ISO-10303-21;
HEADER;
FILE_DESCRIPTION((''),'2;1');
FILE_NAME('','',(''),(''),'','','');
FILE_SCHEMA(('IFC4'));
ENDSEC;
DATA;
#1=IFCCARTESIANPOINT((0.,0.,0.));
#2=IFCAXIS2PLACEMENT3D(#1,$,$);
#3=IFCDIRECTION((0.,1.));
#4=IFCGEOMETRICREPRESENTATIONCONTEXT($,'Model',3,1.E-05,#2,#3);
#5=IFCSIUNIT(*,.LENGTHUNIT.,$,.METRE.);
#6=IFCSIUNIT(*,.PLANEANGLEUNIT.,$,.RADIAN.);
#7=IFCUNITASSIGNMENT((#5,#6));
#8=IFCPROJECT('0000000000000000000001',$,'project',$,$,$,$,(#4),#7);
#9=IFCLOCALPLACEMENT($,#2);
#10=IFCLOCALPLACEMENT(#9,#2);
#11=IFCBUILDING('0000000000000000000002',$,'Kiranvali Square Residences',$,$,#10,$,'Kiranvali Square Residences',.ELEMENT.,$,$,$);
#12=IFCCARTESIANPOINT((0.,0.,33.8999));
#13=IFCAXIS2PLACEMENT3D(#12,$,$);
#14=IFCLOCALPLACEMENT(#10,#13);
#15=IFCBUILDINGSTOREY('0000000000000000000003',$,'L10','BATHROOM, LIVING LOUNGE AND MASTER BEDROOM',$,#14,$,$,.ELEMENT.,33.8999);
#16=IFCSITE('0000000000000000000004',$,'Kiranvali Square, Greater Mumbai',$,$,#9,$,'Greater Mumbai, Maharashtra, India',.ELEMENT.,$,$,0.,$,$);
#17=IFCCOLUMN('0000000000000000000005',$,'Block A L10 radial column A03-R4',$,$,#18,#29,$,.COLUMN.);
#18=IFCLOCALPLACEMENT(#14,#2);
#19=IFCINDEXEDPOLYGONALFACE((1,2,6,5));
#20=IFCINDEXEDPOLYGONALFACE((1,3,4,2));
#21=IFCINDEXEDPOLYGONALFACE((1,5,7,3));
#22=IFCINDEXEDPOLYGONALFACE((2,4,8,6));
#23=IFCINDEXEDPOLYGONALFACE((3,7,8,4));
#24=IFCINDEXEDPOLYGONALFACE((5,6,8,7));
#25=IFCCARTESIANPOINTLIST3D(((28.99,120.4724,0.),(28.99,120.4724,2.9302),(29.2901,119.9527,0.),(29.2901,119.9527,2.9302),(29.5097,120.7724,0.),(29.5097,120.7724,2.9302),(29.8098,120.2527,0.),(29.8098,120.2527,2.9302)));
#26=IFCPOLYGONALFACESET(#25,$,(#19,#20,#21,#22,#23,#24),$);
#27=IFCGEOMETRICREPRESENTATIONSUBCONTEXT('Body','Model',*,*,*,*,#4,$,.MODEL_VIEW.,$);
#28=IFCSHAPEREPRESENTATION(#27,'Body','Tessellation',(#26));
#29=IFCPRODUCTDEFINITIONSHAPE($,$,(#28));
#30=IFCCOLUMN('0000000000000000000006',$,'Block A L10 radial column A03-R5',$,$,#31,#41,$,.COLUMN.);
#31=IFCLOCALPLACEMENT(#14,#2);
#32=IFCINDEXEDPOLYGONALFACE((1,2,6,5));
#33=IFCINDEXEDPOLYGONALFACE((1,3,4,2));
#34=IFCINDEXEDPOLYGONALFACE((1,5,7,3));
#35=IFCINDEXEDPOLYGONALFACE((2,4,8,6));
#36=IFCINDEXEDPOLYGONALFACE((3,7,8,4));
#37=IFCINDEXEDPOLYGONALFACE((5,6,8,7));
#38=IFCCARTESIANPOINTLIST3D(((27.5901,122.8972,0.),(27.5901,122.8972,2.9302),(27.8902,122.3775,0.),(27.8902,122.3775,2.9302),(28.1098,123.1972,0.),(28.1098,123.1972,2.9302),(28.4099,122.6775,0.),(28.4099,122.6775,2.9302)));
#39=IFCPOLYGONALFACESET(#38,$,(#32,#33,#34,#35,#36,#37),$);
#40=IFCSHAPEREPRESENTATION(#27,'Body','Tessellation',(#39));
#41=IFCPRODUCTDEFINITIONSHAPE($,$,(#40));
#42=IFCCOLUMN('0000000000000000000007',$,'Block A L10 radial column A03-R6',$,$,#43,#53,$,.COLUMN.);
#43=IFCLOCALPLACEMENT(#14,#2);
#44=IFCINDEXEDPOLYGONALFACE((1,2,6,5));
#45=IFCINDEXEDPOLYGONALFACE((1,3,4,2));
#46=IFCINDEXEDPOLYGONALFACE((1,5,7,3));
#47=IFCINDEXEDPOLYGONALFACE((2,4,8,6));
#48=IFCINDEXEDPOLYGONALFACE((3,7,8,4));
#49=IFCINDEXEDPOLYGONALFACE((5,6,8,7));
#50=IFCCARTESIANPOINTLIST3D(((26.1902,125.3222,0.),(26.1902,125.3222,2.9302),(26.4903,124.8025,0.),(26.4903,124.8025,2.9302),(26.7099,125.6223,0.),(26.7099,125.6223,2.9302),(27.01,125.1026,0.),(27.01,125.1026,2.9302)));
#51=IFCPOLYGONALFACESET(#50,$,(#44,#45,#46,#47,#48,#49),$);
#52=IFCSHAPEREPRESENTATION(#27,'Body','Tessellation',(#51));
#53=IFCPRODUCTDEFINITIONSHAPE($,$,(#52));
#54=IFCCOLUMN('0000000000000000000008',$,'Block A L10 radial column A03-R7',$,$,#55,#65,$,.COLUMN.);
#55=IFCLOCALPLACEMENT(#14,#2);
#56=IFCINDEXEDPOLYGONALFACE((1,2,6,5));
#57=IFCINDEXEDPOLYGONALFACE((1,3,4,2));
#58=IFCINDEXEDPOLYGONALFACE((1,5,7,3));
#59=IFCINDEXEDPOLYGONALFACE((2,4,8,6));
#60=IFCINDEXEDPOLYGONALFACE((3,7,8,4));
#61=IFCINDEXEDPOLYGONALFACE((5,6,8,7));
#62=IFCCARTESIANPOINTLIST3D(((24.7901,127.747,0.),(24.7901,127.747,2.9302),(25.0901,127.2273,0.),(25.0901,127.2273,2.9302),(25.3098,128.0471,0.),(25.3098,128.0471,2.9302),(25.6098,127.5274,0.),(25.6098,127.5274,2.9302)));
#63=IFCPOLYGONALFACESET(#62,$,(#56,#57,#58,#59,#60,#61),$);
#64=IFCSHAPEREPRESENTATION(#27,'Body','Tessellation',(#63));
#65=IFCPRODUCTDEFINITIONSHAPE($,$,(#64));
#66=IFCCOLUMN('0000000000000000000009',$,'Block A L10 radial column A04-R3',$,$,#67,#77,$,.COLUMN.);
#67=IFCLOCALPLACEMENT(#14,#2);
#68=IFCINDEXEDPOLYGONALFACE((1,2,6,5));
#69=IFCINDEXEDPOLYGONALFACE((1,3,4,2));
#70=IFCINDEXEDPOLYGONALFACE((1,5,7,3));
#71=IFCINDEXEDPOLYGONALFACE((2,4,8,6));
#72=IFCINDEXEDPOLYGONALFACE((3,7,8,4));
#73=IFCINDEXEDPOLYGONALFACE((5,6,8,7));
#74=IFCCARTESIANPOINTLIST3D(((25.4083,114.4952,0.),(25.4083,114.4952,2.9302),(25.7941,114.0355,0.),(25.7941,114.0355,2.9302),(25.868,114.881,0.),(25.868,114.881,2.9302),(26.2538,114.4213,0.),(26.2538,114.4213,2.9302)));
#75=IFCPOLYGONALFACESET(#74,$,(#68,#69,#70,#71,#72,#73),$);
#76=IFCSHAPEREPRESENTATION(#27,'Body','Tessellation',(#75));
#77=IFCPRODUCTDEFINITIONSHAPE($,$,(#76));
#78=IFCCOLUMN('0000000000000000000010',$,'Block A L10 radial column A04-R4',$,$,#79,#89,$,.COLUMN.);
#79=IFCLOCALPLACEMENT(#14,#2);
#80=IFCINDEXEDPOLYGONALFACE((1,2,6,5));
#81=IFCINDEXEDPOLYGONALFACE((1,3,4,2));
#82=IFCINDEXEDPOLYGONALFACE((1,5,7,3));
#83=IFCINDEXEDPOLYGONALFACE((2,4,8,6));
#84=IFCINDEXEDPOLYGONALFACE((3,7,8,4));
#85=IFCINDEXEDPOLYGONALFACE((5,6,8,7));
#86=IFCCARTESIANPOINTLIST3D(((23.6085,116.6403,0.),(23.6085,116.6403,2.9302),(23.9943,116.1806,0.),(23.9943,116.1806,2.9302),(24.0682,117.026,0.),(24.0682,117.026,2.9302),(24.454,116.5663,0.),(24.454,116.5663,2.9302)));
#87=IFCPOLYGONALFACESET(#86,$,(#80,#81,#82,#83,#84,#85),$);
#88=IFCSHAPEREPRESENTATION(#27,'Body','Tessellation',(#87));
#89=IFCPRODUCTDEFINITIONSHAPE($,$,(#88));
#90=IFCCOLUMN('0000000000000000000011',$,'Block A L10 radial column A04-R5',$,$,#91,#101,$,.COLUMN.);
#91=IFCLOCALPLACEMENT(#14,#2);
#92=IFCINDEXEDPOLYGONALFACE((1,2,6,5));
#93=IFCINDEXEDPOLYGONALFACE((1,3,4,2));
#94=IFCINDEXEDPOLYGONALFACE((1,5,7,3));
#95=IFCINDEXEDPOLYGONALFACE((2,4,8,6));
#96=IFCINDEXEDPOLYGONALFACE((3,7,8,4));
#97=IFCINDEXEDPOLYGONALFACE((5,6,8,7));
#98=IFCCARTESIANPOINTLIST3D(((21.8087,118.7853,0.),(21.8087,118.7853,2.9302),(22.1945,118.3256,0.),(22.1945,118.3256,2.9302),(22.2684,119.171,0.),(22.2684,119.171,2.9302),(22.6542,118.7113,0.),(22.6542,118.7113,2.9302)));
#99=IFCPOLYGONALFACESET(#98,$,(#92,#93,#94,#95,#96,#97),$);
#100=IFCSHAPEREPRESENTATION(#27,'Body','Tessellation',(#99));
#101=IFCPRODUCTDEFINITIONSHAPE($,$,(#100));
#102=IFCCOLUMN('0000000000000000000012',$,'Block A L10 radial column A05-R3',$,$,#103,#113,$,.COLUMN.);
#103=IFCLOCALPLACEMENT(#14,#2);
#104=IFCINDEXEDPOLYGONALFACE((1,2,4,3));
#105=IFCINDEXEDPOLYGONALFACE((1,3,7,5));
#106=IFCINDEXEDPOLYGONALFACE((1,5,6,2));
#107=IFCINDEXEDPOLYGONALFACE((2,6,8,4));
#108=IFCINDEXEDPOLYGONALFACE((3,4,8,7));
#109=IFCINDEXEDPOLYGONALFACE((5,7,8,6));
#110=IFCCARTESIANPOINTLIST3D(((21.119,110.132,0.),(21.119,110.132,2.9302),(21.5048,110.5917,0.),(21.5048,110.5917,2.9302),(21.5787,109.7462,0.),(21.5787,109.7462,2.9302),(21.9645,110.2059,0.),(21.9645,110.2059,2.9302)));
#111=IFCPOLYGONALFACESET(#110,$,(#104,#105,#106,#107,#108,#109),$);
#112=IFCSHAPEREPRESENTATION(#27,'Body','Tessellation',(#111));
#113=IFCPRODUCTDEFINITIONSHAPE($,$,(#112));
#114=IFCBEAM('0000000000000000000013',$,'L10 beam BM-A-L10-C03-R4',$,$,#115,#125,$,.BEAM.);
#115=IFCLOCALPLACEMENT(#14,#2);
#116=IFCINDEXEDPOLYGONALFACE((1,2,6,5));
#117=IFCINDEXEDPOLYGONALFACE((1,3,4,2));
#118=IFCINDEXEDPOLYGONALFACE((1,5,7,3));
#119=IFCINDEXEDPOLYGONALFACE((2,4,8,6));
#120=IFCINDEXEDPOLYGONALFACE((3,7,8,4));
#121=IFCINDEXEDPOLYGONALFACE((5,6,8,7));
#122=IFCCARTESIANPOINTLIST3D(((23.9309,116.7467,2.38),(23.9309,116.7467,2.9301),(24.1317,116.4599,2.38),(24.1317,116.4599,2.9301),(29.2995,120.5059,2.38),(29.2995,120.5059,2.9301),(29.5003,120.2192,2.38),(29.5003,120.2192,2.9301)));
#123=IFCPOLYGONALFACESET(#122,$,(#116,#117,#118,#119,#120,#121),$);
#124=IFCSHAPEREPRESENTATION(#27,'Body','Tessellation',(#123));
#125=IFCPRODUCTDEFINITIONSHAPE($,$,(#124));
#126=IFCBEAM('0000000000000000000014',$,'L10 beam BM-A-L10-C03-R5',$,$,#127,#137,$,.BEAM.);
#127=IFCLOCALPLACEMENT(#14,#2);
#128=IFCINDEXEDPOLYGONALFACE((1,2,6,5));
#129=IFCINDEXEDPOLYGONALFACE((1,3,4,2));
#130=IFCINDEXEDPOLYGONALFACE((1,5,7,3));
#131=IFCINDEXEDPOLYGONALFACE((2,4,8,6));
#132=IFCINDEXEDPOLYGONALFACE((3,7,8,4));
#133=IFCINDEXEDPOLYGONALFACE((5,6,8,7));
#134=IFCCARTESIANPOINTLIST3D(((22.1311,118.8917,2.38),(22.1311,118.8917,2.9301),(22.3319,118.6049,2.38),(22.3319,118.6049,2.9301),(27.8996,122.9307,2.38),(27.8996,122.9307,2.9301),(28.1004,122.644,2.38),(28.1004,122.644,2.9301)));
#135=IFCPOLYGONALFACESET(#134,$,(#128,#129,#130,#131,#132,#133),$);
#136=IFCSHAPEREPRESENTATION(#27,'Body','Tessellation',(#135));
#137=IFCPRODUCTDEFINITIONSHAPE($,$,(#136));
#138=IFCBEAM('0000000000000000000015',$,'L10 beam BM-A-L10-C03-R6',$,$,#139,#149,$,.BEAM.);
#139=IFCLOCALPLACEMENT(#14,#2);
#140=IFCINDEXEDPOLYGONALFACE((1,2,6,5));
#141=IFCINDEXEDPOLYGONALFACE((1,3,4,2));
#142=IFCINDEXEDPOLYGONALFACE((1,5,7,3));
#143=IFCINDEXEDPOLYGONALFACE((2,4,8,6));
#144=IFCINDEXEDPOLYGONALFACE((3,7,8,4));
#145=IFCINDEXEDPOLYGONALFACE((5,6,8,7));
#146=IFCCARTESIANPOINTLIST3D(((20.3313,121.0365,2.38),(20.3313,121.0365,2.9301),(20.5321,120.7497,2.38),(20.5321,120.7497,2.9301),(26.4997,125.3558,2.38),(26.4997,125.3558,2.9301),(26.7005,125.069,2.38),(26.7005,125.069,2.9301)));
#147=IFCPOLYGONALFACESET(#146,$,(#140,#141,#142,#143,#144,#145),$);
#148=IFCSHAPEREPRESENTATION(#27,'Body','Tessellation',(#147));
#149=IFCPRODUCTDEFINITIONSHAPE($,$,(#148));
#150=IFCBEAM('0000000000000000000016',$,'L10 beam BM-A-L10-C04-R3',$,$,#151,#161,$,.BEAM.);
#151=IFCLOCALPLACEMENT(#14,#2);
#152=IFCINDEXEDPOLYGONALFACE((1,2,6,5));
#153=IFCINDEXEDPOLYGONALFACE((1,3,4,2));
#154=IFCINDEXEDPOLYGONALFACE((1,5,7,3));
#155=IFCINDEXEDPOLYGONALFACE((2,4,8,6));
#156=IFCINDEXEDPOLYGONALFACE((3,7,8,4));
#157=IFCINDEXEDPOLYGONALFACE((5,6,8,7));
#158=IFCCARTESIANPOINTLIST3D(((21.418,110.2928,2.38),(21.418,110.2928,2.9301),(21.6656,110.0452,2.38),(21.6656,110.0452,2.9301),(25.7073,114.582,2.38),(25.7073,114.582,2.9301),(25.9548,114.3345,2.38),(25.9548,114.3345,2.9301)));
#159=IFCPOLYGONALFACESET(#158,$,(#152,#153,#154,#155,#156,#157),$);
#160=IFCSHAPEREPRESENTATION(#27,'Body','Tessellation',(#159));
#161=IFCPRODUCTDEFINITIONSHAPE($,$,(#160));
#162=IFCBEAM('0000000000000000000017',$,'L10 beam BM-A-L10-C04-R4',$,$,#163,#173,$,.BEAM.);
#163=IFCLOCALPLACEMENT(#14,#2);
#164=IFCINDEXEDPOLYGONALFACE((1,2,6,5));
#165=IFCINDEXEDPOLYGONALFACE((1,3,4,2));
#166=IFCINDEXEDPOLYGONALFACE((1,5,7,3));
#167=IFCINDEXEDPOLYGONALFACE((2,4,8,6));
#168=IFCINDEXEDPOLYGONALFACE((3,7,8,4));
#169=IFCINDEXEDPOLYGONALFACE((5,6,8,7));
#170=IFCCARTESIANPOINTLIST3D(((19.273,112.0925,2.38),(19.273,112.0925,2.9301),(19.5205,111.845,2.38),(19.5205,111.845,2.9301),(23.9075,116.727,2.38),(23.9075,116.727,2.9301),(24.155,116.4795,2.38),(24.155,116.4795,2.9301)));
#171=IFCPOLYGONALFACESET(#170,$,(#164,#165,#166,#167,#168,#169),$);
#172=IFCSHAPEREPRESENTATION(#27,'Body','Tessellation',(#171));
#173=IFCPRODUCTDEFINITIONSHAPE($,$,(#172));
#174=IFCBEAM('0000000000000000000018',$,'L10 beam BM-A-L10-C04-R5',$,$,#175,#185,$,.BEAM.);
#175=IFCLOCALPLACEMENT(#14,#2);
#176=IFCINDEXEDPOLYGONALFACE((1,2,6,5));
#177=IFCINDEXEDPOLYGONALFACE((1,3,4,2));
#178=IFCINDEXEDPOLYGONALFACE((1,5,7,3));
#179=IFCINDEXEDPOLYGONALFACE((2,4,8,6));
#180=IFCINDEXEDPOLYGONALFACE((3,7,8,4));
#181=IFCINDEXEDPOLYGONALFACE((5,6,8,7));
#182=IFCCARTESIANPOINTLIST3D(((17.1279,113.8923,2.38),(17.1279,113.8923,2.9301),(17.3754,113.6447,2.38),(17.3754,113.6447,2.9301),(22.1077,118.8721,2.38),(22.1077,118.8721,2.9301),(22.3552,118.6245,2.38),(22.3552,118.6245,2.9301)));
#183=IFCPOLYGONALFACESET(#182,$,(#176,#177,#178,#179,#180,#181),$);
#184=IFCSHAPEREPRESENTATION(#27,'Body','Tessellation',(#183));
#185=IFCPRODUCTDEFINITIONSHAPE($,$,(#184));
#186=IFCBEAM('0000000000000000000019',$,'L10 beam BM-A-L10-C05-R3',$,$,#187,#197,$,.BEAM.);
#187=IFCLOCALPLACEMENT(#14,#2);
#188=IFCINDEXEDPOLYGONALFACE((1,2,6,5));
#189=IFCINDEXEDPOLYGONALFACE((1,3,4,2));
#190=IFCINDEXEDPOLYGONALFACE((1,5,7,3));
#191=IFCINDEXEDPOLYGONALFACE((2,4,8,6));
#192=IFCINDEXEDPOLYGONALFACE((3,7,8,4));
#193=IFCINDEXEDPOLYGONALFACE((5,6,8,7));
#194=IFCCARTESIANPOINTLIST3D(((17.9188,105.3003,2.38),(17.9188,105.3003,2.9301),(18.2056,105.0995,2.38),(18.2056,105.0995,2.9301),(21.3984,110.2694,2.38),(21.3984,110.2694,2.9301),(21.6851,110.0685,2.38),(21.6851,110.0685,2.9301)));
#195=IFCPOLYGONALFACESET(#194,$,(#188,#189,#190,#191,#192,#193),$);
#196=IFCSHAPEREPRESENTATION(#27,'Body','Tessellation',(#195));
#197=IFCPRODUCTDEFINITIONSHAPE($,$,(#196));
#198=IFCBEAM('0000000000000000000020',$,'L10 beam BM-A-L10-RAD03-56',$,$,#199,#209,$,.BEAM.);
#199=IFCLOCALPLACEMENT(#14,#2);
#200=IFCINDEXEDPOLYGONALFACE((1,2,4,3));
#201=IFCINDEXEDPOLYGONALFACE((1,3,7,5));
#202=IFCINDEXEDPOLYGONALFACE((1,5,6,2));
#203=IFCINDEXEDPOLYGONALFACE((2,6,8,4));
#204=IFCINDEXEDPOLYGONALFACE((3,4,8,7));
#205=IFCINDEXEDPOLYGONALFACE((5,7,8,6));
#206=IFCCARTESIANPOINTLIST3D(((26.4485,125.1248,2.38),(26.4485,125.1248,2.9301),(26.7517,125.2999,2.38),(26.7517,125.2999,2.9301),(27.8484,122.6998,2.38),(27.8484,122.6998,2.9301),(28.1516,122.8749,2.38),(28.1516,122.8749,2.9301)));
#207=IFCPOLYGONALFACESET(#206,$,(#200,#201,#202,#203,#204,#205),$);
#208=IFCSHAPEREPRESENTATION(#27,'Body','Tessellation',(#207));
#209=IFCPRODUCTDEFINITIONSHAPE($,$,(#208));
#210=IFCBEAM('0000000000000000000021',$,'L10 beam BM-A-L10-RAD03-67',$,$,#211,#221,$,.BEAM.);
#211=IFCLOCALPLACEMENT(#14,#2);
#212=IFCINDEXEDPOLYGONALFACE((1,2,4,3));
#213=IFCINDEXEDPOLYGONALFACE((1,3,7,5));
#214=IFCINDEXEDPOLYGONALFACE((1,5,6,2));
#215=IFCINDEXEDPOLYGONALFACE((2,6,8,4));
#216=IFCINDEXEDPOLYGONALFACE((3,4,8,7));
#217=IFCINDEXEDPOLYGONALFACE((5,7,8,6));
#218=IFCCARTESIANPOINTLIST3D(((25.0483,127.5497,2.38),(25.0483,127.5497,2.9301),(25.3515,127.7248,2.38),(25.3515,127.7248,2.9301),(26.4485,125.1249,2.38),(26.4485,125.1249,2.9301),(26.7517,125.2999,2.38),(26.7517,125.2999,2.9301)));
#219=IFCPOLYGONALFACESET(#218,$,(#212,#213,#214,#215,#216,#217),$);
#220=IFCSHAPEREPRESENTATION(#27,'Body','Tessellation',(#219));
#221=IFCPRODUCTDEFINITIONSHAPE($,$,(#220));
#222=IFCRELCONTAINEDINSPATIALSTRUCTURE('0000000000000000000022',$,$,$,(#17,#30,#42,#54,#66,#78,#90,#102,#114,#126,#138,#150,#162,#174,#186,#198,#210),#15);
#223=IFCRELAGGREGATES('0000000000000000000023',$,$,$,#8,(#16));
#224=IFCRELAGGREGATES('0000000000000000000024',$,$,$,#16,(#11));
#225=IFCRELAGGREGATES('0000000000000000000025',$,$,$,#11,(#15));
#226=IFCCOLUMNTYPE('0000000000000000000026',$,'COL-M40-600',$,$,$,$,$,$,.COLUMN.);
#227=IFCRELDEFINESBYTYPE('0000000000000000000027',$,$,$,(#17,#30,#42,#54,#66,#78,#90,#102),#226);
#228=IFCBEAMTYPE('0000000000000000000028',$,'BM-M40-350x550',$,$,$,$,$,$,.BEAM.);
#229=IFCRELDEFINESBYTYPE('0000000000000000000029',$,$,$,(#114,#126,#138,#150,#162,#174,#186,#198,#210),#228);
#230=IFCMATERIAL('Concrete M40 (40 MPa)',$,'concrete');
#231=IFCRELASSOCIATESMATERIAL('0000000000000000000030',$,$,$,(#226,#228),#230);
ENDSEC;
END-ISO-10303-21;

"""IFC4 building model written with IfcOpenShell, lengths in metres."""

from ifc_helpers import new_model, si_unit, direction, frame, origin, origin_2d, place, context, subcontext, project, spatial, rectangle, extrude, material, material_profile, profile_set, type_object, element, save


model = new_model("IFC4")

# Units and contexts
model_context = context("Model", 3, precision=1e-05, world=origin(), true_north=direction((0.0, 1.0)))
body_context = subcontext(model_context, "Body", "Model", "MODEL_VIEW")
ifc_project = project(units=[si_unit("LENGTHUNIT", "METRE"), si_unit("PLANEANGLEUNIT", "RADIAN")], contexts=[model_context])

# Site, building, storey
site_placement = place(None, origin())
site = spatial("IfcSite", under=ifc_project, at=site_placement, Name="Kiranvali Square, Greater Mumbai", LongName="Greater Mumbai, Maharashtra, India", CompositionType="ELEMENT", RefElevation=0.0)
building_placement = place(site_placement, origin())
building = spatial("IfcBuilding", under=site, at=building_placement, Name="Kiranvali Square Residences", LongName="Kiranvali Square Residences", CompositionType="ELEMENT")
storey_placement = place(building_placement, frame((0.0, 0.0, 33.8999)))
storey = spatial("IfcBuildingStorey", under=building, at=storey_placement, Name="L10", Description="BATHROOM, LIVING LOUNGE AND MASTER BEDROOM", CompositionType="ELEMENT", Elevation=33.8999)

# Columns
ifc_material_1 = material(Name="Concrete M40 (40 MPa)", Category="concrete")
ifc_material_profile_1 = material_profile(ifc_material_1, rectangle(XDim=0.6001, YDim=0.6001, at=origin_2d()), Name="RC 600x600")
ifc_profile_set_1 = profile_set([ifc_material_profile_1], Name="Concrete M40 (40 MPa)")
column_type = type_object("IfcColumnType", Name="COL-M40-600", PredefinedType="COLUMN", material=ifc_profile_set_1)
for number, where, z_axis, x_axis, name in (
    (1, (29.3999, 120.3625, 0.0), (0.0, 0.0, 1.0), (0.866025, 0.5, 0.0), "Block A L10 radial column A03-R4"),
    (2, (28.0, 122.7874, 0.0), (0.0, 0.0, 1.0), (0.866025, 0.5, 0.0), "Block A L10 radial column A03-R5"),
    (3, (26.6001, 125.2124, 0.0), (0.0, 0.0, 1.0), (0.866025, 0.5, 0.0), "Block A L10 radial column A03-R6"),
    (4, (25.2, 127.6372, 0.0), (0.0, 0.0, 1.0), (0.866025, 0.5, 0.0), "Block A L10 radial column A03-R7"),
    (5, (25.8311, 114.4583, 0.0), (0.0, 0.0, 1.0), (0.766044, 0.642788, 0.0), "Block A L10 radial column A04-R3"),
    (6, (24.0312, 116.6033, 0.0), (0.0, 0.0, 1.0), (0.766044, 0.642788, 0.0), "Block A L10 radial column A04-R4"),
    (7, (22.2314, 118.7483, 0.0), (0.0, 0.0, 1.0), (0.766044, 0.642788, 0.0), "Block A L10 radial column A04-R5"),
    (8, (21.5417, 110.1689, 0.0), (0.0, 0.0, 1.0), (0.642788, 0.766044, 0.0), "Block A L10 radial column A05-R3"),
):
    element("IfcColumn", number, at=place(storey_placement, frame(where, z_axis=z_axis, x_axis=x_axis)), inside=storey, type_object=column_type, Name=name, PredefinedType="COLUMN", context=body_context, shape_type="SweptSolid", body=[
        extrude(rectangle(XDim=0.6001, YDim=0.6001, at=origin_2d()), origin(), (0.0, 0.0, 1.0), 2.9302),
    ])

# Beams
ifc_material_profile_2 = material_profile(ifc_material_1, rectangle(XDim=0.3501, YDim=0.55, at=origin_2d()), Name="RC 350x550")
ifc_profile_set_2 = profile_set([ifc_material_profile_2], Name="Concrete M40 (40 MPa)")
beam_type_1 = type_object("IfcBeamType", Name="BM-M40-350x550", PredefinedType="BEAM", material=ifc_profile_set_2)
beam_1_placement = place(storey_placement, frame((29.3999, 120.3625, 2.655), z_axis=(-0.819144, -0.573587, 0.0), x_axis=(0.573587, -0.819144, 0.0)))
element("IfcBeam", 9, at=beam_1_placement, inside=storey, type_object=beam_type_1, Name="L10 beam BM-A-L10-C03-R4", PredefinedType="BEAM", context=body_context, shape_type="SweptSolid", body=[
    extrude(rectangle(XDim=0.3501, YDim=0.55, at=origin_2d()), origin(), (0.0, 0.0, 1.0), 6.554),
])
beam_2_placement = place(storey_placement, frame((28.0, 122.7874, 2.655), z_axis=(-0.81916, -0.573565, 0.0), x_axis=(0.573565, -0.81916, 0.0)))
element("IfcBeam", 10, at=beam_2_placement, inside=storey, type_object=beam_type_1, Name="L10 beam BM-A-L10-C03-R5", PredefinedType="BEAM", context=body_context, shape_type="SweptSolid", body=[
    extrude(rectangle(XDim=0.3501, YDim=0.55, at=origin_2d()), origin(), (0.0, 0.0, 1.0), 7.042),
])
beam_3_placement = place(storey_placement, frame((26.6001, 125.2124, 2.655), z_axis=(-0.819144, -0.573589, 0.0), x_axis=(0.573589, -0.819144, 0.0)))
element("IfcBeam", 11, at=beam_3_placement, inside=storey, type_object=beam_type_1, Name="L10 beam BM-A-L10-C03-R6", PredefinedType="BEAM", context=body_context, shape_type="SweptSolid", body=[
    extrude(rectangle(XDim=0.3501, YDim=0.55, at=origin_2d()), origin(), (0.0, 0.0, 1.0), 7.5303),
])
beam_4_placement = place(storey_placement, frame((25.8311, 114.4583, 2.655), z_axis=(-0.707107, -0.707107, 0.0), x_axis=(0.707107, -0.707107, 0.0)))
element("IfcBeam", 12, at=beam_4_placement, inside=storey, type_object=beam_type_1, Name="L10 beam BM-A-L10-C04-R3", PredefinedType="BEAM", context=body_context, shape_type="SweptSolid", body=[
    extrude(rectangle(XDim=0.3501, YDim=0.55, at=origin_2d()), origin(), (0.0, 0.0, 1.0), 6.0659),
])
beam_5_placement = place(storey_placement, frame((24.0312, 116.6033, 2.655), z_axis=(-0.707107, -0.707107, 0.0), x_axis=(0.707107, -0.707107, 0.0)))
element("IfcBeam", 13, at=beam_5_placement, inside=storey, type_object=beam_type_1, Name="L10 beam BM-A-L10-C04-R4", PredefinedType="BEAM", context=body_context, shape_type="SweptSolid", body=[
    extrude(rectangle(XDim=0.3501, YDim=0.55, at=origin_2d()), origin(), (0.0, 0.0, 1.0), 6.5542),
])
beam_6_placement = place(storey_placement, frame((22.2314, 118.7483, 2.655), z_axis=(-0.707107, -0.707107, 0.0), x_axis=(0.707107, -0.707107, 0.0)))
element("IfcBeam", 14, at=beam_6_placement, inside=storey, type_object=beam_type_1, Name="L10 beam BM-A-L10-C04-R5", PredefinedType="BEAM", context=body_context, shape_type="SweptSolid", body=[
    extrude(rectangle(XDim=0.3501, YDim=0.55, at=origin_2d()), origin(), (0.0, 0.0, 1.0), 7.0425),
])
beam_7_placement = place(storey_placement, frame((21.5417, 110.1689, 2.655), z_axis=(-0.573595, -0.819139, 0.0), x_axis=(0.819139, -0.573595, 0.0)))
element("IfcBeam", 15, at=beam_7_placement, inside=storey, type_object=beam_type_1, Name="L10 beam BM-A-L10-C05-R3", PredefinedType="BEAM", context=body_context, shape_type="SweptSolid", body=[
    extrude(rectangle(XDim=0.3501, YDim=0.55, at=origin_2d()), origin(), (0.0, 0.0, 1.0), 6.0662),
])
for number, where, z_axis, x_axis, name in (
    (16, (28.0, 122.7874, 2.655), (-0.499946, 0.866056, 0.0), (-0.866056, -0.499946, 0.0), "L10 beam BM-A-L10-RAD03-56"),
    (17, (26.6001, 125.2124, 2.655), (-0.50005, 0.865997, 0.0), (-0.865997, -0.50005, 0.0), "L10 beam BM-A-L10-RAD03-67"),
):
    element("IfcBeam", number, at=place(storey_placement, frame(where, z_axis=z_axis, x_axis=x_axis)), inside=storey, type_object=beam_type_1, Name=name, PredefinedType="BEAM", context=body_context, shape_type="SweptSolid", body=[
        extrude(rectangle(XDim=0.3501, YDim=0.55, at=origin_2d()), origin(), (0.0, 0.0, 1.0), 2.8),
    ])

save(model, "model.ifc")
